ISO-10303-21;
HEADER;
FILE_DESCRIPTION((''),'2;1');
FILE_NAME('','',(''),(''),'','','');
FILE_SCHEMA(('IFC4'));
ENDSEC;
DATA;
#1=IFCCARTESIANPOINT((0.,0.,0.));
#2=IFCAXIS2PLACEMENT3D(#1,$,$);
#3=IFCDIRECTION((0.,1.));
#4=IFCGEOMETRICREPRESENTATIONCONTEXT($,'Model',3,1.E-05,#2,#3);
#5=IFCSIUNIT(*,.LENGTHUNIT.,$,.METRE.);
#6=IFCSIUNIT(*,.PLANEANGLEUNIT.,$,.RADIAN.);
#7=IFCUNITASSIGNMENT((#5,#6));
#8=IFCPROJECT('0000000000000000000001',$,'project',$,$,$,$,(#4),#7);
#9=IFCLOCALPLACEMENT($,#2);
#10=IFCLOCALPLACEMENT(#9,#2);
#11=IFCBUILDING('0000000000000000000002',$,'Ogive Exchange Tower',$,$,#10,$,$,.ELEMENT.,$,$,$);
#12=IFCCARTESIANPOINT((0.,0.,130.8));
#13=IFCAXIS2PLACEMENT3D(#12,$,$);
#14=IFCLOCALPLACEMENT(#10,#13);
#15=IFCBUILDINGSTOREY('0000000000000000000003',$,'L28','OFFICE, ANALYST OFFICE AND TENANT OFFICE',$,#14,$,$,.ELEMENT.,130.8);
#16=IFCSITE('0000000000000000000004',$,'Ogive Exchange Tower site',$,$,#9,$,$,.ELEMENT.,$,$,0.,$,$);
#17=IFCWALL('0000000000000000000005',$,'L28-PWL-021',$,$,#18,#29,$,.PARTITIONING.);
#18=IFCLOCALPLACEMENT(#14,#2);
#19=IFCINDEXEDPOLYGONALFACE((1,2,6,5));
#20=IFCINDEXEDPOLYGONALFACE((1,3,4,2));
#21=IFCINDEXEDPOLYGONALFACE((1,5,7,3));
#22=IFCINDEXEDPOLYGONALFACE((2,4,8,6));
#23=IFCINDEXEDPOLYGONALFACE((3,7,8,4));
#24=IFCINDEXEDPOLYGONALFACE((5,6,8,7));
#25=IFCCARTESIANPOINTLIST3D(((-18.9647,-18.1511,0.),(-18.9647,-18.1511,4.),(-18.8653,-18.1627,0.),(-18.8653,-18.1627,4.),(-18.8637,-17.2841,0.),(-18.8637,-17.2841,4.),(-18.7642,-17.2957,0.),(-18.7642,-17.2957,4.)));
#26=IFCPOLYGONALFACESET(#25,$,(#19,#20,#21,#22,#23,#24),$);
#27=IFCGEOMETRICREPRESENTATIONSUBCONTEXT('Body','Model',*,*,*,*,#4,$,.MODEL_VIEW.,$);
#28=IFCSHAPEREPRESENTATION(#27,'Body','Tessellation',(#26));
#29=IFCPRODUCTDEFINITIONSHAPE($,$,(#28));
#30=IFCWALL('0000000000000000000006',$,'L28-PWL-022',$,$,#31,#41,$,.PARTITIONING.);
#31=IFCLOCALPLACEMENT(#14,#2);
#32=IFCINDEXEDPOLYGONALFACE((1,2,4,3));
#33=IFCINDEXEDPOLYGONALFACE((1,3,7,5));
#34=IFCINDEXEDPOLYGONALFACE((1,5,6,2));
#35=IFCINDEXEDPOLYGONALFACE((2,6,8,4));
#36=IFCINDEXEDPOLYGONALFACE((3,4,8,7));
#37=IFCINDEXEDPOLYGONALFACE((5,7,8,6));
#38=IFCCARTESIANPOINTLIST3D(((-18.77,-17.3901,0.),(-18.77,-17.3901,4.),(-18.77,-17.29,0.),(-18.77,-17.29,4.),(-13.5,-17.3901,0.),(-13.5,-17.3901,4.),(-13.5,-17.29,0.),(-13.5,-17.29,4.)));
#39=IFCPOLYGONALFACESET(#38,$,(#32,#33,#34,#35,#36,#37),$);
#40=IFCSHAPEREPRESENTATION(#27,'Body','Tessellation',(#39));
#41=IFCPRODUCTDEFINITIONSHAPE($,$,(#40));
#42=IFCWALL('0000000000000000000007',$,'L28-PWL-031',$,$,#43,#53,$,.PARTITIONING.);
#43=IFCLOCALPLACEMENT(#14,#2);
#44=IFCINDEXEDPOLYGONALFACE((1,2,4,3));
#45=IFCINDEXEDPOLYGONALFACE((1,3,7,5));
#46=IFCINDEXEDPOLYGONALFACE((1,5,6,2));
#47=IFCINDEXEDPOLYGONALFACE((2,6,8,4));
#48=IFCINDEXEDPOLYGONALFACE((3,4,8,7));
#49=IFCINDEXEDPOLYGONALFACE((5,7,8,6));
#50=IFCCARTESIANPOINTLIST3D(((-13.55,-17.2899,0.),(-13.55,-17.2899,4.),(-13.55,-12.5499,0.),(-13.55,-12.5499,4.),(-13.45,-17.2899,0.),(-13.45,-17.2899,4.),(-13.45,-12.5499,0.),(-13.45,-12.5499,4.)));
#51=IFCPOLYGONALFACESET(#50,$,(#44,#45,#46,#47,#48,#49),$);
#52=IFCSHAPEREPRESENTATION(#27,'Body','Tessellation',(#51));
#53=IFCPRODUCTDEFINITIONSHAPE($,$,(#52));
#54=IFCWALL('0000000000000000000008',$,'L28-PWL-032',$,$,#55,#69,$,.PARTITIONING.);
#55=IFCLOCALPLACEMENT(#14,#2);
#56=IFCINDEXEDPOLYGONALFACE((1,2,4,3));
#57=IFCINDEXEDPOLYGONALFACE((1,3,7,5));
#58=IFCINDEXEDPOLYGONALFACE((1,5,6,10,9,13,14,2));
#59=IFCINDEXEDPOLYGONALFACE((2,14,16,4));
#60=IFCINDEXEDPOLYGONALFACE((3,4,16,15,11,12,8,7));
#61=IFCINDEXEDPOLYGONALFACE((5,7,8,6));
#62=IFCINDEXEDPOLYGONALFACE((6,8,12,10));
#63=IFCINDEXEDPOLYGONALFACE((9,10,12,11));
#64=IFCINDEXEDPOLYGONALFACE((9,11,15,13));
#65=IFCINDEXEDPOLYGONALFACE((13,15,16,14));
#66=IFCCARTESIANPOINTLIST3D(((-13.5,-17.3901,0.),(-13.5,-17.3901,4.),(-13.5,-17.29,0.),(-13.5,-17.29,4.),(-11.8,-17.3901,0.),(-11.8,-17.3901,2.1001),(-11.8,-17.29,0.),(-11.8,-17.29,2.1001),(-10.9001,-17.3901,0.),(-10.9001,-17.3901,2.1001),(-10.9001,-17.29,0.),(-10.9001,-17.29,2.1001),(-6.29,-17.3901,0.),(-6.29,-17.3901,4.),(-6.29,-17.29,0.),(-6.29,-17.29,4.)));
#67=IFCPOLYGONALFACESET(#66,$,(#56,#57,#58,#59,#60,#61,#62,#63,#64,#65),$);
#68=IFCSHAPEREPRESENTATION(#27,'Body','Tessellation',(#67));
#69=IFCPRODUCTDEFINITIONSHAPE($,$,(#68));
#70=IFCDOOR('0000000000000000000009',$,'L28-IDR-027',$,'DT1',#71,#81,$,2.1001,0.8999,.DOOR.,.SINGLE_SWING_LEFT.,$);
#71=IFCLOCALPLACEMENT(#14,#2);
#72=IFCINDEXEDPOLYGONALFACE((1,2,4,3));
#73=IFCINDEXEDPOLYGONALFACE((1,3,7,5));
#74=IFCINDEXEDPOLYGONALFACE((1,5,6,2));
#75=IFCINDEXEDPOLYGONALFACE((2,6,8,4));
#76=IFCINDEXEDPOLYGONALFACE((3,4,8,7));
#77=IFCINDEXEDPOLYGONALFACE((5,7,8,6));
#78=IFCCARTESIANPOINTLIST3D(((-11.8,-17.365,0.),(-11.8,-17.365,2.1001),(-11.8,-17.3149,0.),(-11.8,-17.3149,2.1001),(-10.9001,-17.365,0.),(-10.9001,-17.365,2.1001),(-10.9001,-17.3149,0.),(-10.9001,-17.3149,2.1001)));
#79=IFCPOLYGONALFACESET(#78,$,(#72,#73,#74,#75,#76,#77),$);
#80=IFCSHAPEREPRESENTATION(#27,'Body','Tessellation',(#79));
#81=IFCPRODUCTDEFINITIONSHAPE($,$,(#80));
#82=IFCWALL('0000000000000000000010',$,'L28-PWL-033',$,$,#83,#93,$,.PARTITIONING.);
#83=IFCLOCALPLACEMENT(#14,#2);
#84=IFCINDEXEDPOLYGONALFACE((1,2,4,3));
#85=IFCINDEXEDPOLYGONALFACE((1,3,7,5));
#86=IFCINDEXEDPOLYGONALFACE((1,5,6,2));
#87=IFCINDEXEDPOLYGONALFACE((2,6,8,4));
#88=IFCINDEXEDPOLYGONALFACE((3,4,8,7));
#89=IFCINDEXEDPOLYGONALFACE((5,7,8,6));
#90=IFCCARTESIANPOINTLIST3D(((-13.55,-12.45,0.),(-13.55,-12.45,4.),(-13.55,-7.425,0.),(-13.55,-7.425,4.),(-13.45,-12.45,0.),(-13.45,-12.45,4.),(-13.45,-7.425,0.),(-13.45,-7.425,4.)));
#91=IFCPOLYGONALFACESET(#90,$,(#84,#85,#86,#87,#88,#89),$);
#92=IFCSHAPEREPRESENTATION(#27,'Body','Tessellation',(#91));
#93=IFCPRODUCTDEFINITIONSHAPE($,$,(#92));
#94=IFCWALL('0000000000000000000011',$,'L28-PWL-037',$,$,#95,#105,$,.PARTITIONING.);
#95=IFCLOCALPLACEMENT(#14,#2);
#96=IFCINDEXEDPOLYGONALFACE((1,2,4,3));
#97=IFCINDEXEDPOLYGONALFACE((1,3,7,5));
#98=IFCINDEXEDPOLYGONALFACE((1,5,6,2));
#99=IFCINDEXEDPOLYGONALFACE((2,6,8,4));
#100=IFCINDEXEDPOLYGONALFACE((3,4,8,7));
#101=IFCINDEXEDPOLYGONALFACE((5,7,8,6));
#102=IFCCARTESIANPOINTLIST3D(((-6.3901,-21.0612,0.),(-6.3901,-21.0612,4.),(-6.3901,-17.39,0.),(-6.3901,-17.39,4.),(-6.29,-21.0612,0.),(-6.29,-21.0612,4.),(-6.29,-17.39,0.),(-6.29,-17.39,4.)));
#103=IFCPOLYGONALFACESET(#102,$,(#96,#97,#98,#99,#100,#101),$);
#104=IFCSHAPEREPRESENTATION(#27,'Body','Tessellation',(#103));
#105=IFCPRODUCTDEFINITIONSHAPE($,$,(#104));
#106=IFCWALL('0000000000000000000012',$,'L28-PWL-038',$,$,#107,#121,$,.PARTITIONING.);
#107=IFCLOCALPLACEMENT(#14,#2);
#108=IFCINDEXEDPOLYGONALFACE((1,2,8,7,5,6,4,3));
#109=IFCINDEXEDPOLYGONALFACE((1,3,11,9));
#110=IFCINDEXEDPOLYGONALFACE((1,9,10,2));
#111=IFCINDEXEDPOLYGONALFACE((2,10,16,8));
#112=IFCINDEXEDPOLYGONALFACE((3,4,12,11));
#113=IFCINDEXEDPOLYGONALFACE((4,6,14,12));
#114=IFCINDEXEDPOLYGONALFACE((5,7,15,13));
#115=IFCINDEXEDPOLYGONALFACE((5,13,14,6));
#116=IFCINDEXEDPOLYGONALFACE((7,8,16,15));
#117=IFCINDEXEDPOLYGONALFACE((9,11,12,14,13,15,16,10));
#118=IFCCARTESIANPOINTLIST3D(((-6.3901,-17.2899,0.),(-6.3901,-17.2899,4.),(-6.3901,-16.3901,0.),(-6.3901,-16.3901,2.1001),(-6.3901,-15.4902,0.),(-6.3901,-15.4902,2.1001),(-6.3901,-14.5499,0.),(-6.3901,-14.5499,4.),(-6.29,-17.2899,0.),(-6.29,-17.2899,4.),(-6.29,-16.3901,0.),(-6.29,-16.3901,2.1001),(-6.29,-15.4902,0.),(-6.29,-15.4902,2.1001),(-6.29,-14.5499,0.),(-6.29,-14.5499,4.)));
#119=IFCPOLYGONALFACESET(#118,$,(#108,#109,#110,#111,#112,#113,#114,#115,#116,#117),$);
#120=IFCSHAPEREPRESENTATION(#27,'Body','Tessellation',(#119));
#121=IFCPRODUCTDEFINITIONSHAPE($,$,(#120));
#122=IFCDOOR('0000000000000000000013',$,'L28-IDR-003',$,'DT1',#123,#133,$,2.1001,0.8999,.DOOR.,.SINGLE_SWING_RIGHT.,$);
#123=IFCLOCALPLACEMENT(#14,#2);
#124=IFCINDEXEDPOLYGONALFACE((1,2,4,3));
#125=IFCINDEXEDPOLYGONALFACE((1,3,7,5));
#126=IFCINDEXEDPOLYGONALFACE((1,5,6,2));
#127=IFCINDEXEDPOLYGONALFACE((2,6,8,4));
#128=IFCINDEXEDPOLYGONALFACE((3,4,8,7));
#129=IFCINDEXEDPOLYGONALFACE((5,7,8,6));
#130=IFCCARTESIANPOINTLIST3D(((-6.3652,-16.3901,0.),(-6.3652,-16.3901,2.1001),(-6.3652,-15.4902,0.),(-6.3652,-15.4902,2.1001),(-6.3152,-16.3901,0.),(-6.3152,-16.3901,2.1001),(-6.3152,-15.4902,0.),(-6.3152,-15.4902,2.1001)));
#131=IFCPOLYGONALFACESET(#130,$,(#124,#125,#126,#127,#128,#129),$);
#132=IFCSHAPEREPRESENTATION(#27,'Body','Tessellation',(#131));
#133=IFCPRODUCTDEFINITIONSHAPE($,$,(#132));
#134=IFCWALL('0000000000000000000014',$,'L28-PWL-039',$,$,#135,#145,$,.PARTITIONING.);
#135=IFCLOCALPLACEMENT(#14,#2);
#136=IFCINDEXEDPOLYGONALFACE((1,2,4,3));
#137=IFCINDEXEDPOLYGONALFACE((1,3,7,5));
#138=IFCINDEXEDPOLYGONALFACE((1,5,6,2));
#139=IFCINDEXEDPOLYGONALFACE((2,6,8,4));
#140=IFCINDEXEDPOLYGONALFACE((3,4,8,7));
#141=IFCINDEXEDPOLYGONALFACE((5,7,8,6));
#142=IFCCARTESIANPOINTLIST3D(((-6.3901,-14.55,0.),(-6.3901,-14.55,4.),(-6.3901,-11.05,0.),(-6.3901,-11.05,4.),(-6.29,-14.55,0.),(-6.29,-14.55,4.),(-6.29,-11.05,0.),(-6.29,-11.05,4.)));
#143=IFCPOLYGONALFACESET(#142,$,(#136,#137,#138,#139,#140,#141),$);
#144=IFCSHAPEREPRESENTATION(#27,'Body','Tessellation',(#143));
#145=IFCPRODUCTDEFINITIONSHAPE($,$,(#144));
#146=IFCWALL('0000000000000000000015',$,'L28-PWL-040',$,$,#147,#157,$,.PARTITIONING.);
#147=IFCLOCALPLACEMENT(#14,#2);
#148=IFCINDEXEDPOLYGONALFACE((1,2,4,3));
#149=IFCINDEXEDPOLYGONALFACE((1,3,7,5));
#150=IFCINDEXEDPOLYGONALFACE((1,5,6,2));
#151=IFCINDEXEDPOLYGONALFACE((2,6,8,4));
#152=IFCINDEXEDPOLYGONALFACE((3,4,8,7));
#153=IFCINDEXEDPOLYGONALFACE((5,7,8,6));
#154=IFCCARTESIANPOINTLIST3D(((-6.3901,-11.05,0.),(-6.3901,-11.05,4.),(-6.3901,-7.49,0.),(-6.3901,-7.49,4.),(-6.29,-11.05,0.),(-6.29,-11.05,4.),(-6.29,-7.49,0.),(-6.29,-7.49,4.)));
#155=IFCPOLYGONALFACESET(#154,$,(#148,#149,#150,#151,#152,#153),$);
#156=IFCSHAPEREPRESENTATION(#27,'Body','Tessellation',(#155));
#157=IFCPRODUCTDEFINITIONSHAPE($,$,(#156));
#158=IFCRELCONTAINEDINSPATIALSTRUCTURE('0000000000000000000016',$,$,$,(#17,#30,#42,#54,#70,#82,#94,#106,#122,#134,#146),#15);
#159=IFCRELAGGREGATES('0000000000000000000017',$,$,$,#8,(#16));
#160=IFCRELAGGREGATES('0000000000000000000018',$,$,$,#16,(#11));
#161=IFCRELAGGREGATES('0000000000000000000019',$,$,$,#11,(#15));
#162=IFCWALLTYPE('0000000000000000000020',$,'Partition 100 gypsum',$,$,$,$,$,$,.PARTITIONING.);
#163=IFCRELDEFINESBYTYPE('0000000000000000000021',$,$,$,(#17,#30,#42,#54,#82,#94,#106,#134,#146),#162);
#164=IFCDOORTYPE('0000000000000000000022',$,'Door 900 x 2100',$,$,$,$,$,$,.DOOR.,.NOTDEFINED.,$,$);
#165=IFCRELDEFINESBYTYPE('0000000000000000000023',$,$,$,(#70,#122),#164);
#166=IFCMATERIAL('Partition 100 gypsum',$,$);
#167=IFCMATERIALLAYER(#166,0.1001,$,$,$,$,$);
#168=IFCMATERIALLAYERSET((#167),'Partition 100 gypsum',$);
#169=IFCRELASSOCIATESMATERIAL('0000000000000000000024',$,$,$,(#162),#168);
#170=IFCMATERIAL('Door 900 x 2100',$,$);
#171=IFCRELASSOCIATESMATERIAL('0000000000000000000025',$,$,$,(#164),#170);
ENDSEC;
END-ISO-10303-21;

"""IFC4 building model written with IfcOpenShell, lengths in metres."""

from ifc_helpers import new_model, si_unit, direction, frame, frame_2d, origin, place, context, subcontext, project, spatial, rectangle, extrude, material, layer, layer_set, type_object, element, fill, save


model = new_model("IFC4")

# Units and contexts
model_context = context("Model", 3, precision=1e-05, world=origin(), true_north=direction((0.0, 1.0)))
body_context = subcontext(model_context, "Body", "Model", "MODEL_VIEW")
ifc_project = project(units=[si_unit("LENGTHUNIT", "METRE"), si_unit("PLANEANGLEUNIT", "RADIAN")], contexts=[model_context])

# Site, building, storey
site_placement = place(None, origin())
site = spatial("IfcSite", under=ifc_project, at=site_placement, Name="Ogive Exchange Tower site", CompositionType="ELEMENT", RefElevation=0.0)
building_placement = place(site_placement, origin())
building = spatial("IfcBuilding", under=site, at=building_placement, Name="Ogive Exchange Tower", CompositionType="ELEMENT")
storey_placement = place(building_placement, frame((0.0, 0.0, 130.8)))
storey = spatial("IfcBuildingStorey", under=building, at=storey_placement, Name="L28", Description="OFFICE, ANALYST OFFICE AND TENANT OFFICE", CompositionType="ELEMENT", Elevation=130.8)

# Walls
ifc_material_1 = material(Name="Partition 100 gypsum")
ifc_layer_1 = layer(ifc_material_1, 0.1001)
ifc_layer_set_1 = layer_set([ifc_layer_1], Name="Partition 100 gypsum")
wall_type_1 = type_object("IfcWallType", Name="Partition 100 gypsum", PredefinedType="PARTITIONING", material=ifc_layer_set_1)
wall_1_placement = place(storey_placement, frame((-18.915, -18.157, 0.0), z_axis=(0.0, 0.0, 1.0), x_axis=(0.115803, 0.993272, 0.0)))
element("IfcWall", 1, at=wall_1_placement, inside=storey, type_object=wall_type_1, Name="L28-PWL-021", PredefinedType="PARTITIONING", context=body_context, shape_type="SweptSolid", body=[
    extrude(rectangle(XDim=0.8728, YDim=0.1001, at=frame_2d((0.4365, 0.0))), origin(), (0.0, 0.0, 1.0), 4.0),
])
wall_2_placement = place(storey_placement, frame((-18.77, -17.3401, 0.0), z_axis=(0.0, 0.0, 1.0), x_axis=(1.0, 0.0, 0.0)))
element("IfcWall", 2, at=wall_2_placement, inside=storey, type_object=wall_type_1, Name="L28-PWL-022", PredefinedType="PARTITIONING", context=body_context, shape_type="SweptSolid", body=[
    extrude(rectangle(XDim=5.27, YDim=0.1001, at=frame_2d((2.635, 0.0))), origin(), (0.0, 0.0, 1.0), 4.0),
])
wall_3_placement = place(storey_placement, frame((-13.5, -17.29, 0.0), z_axis=(0.0, 0.0, 1.0), x_axis=(0.0, 1.0, 0.0)))
element("IfcWall", 3, at=wall_3_placement, inside=storey, type_object=wall_type_1, Name="L28-PWL-031", PredefinedType="PARTITIONING", context=body_context, shape_type="SweptSolid", body=[
    extrude(rectangle(XDim=4.74, YDim=0.1001, at=frame_2d((2.3701, 0.0))), origin(), (0.0, 0.0, 1.0), 4.0),
])

# Wall, opening, door
wall_4_placement = place(storey_placement, frame((-13.5, -17.3401, 0.0), z_axis=(0.0, 0.0, 1.0), x_axis=(1.0, 0.0, 0.0)))
wall_4 = element("IfcWall", 4, at=wall_4_placement, inside=storey, type_object=wall_type_1, Name="L28-PWL-032", PredefinedType="PARTITIONING", context=body_context, shape_type="SweptSolid", body=[
    extrude(rectangle(XDim=7.21, YDim=0.1001, at=frame_2d((3.605, 0.0))), origin(), (0.0, 0.0, 1.0), 4.0),
])
opening_1_placement = place(wall_4_placement, frame((1.7, 0.0, 0.0)))
opening_1 = element("IfcOpeningElement", 5, at=opening_1_placement, cuts=wall_4, PredefinedType="OPENING", context=body_context, shape_type="SweptSolid", body=[
    extrude(rectangle(XDim=0.8999, YDim=2.1001, at=frame_2d((0.45, 1.05))), frame((0.0, 0.0601, 0.0), z_axis=(0.0, -1.0, 0.0), x_axis=(1.0, 0.0, 0.0)), (0.0, 0.0, 1.0), 0.1201),
])
ifc_material_2 = material(Name="Door 900 x 2100")
door_type_1 = type_object("IfcDoorType", Name="Door 900 x 2100", OperationType="NOTDEFINED", PredefinedType="DOOR", material=ifc_material_2)
door_1_placement = place(opening_1_placement, frame((0.8999, 0.0, 0.0), z_axis=(0.0, 0.0, 1.0), x_axis=(-1.0, 0.0, 0.0)))
door_1 = element("IfcDoor", 6, at=door_1_placement, inside=storey, type_object=door_type_1, Name="L28-IDR-027", ObjectType="DT1", OperationType="SINGLE_SWING_LEFT", OverallHeight=2.1001, OverallWidth=0.8999, PredefinedType="DOOR", context=body_context, shape_type="SweptSolid", body=[
    extrude(rectangle(XDim=0.8999, YDim=2.1001, at=frame_2d((0.45, 1.05))), frame((0.0, 0.0249, 0.0), z_axis=(0.0, -1.0, 0.0), x_axis=(1.0, 0.0, 0.0)), (0.0, 0.0, 1.0), 0.05),
])
fill(opening_1, door_1)

# Walls
wall_5_placement = place(storey_placement, frame((-13.5, -12.45, 0.0), z_axis=(0.0, 0.0, 1.0), x_axis=(0.0, 1.0, 0.0)))
element("IfcWall", 7, at=wall_5_placement, inside=storey, type_object=wall_type_1, Name="L28-PWL-033", PredefinedType="PARTITIONING", context=body_context, shape_type="SweptSolid", body=[
    extrude(rectangle(XDim=5.0249, YDim=0.1001, at=frame_2d((2.5125, 0.0))), origin(), (0.0, 0.0, 1.0), 4.0),
])
wall_6_placement = place(storey_placement, frame((-6.3401, -21.061, 0.0), z_axis=(0.0, 0.0, 1.0), x_axis=(0.0, 1.0, 0.0)))
element("IfcWall", 8, at=wall_6_placement, inside=storey, type_object=wall_type_1, Name="L28-PWL-037", PredefinedType="PARTITIONING", context=body_context, shape_type="SweptSolid", body=[
    extrude(rectangle(XDim=3.6711, YDim=0.1001, at=frame_2d((1.8354, 0.0))), origin(), (0.0, 0.0, 1.0), 4.0),
])

# Wall, opening, door
wall_7_placement = place(storey_placement, frame((-6.3401, -17.29, 0.0), z_axis=(0.0, 0.0, 1.0), x_axis=(0.0, 1.0, 0.0)))
wall_7 = element("IfcWall", 9, at=wall_7_placement, inside=storey, type_object=wall_type_1, Name="L28-PWL-038", PredefinedType="PARTITIONING", context=body_context, shape_type="SweptSolid", body=[
    extrude(rectangle(XDim=2.74, YDim=0.1001, at=frame_2d((1.3701, 0.0))), origin(), (0.0, 0.0, 1.0), 4.0),
])
opening_2_placement = place(wall_7_placement, frame((0.8999, 0.0, 0.0)))
opening_2 = element("IfcOpeningElement", 10, at=opening_2_placement, cuts=wall_7, PredefinedType="OPENING", context=body_context, shape_type="SweptSolid", body=[
    extrude(rectangle(XDim=0.8999, YDim=2.1001, at=frame_2d((0.45, 1.05))), frame((0.0, 0.0601, 0.0), z_axis=(0.0, -1.0, 0.0), x_axis=(1.0, 0.0, 0.0)), (0.0, 0.0, 1.0), 0.1201),
])
door_2_placement = place(opening_2_placement, frame((0.8999, 0.0, 0.0), z_axis=(0.0, 0.0, 1.0), x_axis=(-1.0, 0.0, 0.0)))
door_2 = element("IfcDoor", 11, at=door_2_placement, inside=storey, type_object=door_type_1, Name="L28-IDR-003", ObjectType="DT1", OperationType="SINGLE_SWING_RIGHT", OverallHeight=2.1001, OverallWidth=0.8999, PredefinedType="DOOR", context=body_context, shape_type="SweptSolid", body=[
    extrude(rectangle(XDim=0.8999, YDim=2.1001, at=frame_2d((0.45, 1.05))), frame((0.0, 0.0249, 0.0), z_axis=(0.0, -1.0, 0.0), x_axis=(1.0, 0.0, 0.0)), (0.0, 0.0, 1.0), 0.05),
])
fill(opening_2, door_2)

# Walls
wall_8_placement = place(storey_placement, frame((-6.3401, -14.55, 0.0), z_axis=(0.0, 0.0, 1.0), x_axis=(0.0, 1.0, 0.0)))
element("IfcWall", 12, at=wall_8_placement, inside=storey, type_object=wall_type_1, Name="L28-PWL-039", PredefinedType="PARTITIONING", context=body_context, shape_type="SweptSolid", body=[
    extrude(rectangle(XDim=3.5, YDim=0.1001, at=frame_2d((1.75, 0.0))), origin(), (0.0, 0.0, 1.0), 4.0),
])
wall_9_placement = place(storey_placement, frame((-6.3401, -11.05, 0.0), z_axis=(0.0, 0.0, 1.0), x_axis=(0.0, 1.0, 0.0)))
element("IfcWall", 13, at=wall_9_placement, inside=storey, type_object=wall_type_1, Name="L28-PWL-040", PredefinedType="PARTITIONING", context=body_context, shape_type="SweptSolid", body=[
    extrude(rectangle(XDim=3.5601, YDim=0.1001, at=frame_2d((1.78, 0.0))), origin(), (0.0, 0.0, 1.0), 4.0),
])

save(model, "model.ifc")
